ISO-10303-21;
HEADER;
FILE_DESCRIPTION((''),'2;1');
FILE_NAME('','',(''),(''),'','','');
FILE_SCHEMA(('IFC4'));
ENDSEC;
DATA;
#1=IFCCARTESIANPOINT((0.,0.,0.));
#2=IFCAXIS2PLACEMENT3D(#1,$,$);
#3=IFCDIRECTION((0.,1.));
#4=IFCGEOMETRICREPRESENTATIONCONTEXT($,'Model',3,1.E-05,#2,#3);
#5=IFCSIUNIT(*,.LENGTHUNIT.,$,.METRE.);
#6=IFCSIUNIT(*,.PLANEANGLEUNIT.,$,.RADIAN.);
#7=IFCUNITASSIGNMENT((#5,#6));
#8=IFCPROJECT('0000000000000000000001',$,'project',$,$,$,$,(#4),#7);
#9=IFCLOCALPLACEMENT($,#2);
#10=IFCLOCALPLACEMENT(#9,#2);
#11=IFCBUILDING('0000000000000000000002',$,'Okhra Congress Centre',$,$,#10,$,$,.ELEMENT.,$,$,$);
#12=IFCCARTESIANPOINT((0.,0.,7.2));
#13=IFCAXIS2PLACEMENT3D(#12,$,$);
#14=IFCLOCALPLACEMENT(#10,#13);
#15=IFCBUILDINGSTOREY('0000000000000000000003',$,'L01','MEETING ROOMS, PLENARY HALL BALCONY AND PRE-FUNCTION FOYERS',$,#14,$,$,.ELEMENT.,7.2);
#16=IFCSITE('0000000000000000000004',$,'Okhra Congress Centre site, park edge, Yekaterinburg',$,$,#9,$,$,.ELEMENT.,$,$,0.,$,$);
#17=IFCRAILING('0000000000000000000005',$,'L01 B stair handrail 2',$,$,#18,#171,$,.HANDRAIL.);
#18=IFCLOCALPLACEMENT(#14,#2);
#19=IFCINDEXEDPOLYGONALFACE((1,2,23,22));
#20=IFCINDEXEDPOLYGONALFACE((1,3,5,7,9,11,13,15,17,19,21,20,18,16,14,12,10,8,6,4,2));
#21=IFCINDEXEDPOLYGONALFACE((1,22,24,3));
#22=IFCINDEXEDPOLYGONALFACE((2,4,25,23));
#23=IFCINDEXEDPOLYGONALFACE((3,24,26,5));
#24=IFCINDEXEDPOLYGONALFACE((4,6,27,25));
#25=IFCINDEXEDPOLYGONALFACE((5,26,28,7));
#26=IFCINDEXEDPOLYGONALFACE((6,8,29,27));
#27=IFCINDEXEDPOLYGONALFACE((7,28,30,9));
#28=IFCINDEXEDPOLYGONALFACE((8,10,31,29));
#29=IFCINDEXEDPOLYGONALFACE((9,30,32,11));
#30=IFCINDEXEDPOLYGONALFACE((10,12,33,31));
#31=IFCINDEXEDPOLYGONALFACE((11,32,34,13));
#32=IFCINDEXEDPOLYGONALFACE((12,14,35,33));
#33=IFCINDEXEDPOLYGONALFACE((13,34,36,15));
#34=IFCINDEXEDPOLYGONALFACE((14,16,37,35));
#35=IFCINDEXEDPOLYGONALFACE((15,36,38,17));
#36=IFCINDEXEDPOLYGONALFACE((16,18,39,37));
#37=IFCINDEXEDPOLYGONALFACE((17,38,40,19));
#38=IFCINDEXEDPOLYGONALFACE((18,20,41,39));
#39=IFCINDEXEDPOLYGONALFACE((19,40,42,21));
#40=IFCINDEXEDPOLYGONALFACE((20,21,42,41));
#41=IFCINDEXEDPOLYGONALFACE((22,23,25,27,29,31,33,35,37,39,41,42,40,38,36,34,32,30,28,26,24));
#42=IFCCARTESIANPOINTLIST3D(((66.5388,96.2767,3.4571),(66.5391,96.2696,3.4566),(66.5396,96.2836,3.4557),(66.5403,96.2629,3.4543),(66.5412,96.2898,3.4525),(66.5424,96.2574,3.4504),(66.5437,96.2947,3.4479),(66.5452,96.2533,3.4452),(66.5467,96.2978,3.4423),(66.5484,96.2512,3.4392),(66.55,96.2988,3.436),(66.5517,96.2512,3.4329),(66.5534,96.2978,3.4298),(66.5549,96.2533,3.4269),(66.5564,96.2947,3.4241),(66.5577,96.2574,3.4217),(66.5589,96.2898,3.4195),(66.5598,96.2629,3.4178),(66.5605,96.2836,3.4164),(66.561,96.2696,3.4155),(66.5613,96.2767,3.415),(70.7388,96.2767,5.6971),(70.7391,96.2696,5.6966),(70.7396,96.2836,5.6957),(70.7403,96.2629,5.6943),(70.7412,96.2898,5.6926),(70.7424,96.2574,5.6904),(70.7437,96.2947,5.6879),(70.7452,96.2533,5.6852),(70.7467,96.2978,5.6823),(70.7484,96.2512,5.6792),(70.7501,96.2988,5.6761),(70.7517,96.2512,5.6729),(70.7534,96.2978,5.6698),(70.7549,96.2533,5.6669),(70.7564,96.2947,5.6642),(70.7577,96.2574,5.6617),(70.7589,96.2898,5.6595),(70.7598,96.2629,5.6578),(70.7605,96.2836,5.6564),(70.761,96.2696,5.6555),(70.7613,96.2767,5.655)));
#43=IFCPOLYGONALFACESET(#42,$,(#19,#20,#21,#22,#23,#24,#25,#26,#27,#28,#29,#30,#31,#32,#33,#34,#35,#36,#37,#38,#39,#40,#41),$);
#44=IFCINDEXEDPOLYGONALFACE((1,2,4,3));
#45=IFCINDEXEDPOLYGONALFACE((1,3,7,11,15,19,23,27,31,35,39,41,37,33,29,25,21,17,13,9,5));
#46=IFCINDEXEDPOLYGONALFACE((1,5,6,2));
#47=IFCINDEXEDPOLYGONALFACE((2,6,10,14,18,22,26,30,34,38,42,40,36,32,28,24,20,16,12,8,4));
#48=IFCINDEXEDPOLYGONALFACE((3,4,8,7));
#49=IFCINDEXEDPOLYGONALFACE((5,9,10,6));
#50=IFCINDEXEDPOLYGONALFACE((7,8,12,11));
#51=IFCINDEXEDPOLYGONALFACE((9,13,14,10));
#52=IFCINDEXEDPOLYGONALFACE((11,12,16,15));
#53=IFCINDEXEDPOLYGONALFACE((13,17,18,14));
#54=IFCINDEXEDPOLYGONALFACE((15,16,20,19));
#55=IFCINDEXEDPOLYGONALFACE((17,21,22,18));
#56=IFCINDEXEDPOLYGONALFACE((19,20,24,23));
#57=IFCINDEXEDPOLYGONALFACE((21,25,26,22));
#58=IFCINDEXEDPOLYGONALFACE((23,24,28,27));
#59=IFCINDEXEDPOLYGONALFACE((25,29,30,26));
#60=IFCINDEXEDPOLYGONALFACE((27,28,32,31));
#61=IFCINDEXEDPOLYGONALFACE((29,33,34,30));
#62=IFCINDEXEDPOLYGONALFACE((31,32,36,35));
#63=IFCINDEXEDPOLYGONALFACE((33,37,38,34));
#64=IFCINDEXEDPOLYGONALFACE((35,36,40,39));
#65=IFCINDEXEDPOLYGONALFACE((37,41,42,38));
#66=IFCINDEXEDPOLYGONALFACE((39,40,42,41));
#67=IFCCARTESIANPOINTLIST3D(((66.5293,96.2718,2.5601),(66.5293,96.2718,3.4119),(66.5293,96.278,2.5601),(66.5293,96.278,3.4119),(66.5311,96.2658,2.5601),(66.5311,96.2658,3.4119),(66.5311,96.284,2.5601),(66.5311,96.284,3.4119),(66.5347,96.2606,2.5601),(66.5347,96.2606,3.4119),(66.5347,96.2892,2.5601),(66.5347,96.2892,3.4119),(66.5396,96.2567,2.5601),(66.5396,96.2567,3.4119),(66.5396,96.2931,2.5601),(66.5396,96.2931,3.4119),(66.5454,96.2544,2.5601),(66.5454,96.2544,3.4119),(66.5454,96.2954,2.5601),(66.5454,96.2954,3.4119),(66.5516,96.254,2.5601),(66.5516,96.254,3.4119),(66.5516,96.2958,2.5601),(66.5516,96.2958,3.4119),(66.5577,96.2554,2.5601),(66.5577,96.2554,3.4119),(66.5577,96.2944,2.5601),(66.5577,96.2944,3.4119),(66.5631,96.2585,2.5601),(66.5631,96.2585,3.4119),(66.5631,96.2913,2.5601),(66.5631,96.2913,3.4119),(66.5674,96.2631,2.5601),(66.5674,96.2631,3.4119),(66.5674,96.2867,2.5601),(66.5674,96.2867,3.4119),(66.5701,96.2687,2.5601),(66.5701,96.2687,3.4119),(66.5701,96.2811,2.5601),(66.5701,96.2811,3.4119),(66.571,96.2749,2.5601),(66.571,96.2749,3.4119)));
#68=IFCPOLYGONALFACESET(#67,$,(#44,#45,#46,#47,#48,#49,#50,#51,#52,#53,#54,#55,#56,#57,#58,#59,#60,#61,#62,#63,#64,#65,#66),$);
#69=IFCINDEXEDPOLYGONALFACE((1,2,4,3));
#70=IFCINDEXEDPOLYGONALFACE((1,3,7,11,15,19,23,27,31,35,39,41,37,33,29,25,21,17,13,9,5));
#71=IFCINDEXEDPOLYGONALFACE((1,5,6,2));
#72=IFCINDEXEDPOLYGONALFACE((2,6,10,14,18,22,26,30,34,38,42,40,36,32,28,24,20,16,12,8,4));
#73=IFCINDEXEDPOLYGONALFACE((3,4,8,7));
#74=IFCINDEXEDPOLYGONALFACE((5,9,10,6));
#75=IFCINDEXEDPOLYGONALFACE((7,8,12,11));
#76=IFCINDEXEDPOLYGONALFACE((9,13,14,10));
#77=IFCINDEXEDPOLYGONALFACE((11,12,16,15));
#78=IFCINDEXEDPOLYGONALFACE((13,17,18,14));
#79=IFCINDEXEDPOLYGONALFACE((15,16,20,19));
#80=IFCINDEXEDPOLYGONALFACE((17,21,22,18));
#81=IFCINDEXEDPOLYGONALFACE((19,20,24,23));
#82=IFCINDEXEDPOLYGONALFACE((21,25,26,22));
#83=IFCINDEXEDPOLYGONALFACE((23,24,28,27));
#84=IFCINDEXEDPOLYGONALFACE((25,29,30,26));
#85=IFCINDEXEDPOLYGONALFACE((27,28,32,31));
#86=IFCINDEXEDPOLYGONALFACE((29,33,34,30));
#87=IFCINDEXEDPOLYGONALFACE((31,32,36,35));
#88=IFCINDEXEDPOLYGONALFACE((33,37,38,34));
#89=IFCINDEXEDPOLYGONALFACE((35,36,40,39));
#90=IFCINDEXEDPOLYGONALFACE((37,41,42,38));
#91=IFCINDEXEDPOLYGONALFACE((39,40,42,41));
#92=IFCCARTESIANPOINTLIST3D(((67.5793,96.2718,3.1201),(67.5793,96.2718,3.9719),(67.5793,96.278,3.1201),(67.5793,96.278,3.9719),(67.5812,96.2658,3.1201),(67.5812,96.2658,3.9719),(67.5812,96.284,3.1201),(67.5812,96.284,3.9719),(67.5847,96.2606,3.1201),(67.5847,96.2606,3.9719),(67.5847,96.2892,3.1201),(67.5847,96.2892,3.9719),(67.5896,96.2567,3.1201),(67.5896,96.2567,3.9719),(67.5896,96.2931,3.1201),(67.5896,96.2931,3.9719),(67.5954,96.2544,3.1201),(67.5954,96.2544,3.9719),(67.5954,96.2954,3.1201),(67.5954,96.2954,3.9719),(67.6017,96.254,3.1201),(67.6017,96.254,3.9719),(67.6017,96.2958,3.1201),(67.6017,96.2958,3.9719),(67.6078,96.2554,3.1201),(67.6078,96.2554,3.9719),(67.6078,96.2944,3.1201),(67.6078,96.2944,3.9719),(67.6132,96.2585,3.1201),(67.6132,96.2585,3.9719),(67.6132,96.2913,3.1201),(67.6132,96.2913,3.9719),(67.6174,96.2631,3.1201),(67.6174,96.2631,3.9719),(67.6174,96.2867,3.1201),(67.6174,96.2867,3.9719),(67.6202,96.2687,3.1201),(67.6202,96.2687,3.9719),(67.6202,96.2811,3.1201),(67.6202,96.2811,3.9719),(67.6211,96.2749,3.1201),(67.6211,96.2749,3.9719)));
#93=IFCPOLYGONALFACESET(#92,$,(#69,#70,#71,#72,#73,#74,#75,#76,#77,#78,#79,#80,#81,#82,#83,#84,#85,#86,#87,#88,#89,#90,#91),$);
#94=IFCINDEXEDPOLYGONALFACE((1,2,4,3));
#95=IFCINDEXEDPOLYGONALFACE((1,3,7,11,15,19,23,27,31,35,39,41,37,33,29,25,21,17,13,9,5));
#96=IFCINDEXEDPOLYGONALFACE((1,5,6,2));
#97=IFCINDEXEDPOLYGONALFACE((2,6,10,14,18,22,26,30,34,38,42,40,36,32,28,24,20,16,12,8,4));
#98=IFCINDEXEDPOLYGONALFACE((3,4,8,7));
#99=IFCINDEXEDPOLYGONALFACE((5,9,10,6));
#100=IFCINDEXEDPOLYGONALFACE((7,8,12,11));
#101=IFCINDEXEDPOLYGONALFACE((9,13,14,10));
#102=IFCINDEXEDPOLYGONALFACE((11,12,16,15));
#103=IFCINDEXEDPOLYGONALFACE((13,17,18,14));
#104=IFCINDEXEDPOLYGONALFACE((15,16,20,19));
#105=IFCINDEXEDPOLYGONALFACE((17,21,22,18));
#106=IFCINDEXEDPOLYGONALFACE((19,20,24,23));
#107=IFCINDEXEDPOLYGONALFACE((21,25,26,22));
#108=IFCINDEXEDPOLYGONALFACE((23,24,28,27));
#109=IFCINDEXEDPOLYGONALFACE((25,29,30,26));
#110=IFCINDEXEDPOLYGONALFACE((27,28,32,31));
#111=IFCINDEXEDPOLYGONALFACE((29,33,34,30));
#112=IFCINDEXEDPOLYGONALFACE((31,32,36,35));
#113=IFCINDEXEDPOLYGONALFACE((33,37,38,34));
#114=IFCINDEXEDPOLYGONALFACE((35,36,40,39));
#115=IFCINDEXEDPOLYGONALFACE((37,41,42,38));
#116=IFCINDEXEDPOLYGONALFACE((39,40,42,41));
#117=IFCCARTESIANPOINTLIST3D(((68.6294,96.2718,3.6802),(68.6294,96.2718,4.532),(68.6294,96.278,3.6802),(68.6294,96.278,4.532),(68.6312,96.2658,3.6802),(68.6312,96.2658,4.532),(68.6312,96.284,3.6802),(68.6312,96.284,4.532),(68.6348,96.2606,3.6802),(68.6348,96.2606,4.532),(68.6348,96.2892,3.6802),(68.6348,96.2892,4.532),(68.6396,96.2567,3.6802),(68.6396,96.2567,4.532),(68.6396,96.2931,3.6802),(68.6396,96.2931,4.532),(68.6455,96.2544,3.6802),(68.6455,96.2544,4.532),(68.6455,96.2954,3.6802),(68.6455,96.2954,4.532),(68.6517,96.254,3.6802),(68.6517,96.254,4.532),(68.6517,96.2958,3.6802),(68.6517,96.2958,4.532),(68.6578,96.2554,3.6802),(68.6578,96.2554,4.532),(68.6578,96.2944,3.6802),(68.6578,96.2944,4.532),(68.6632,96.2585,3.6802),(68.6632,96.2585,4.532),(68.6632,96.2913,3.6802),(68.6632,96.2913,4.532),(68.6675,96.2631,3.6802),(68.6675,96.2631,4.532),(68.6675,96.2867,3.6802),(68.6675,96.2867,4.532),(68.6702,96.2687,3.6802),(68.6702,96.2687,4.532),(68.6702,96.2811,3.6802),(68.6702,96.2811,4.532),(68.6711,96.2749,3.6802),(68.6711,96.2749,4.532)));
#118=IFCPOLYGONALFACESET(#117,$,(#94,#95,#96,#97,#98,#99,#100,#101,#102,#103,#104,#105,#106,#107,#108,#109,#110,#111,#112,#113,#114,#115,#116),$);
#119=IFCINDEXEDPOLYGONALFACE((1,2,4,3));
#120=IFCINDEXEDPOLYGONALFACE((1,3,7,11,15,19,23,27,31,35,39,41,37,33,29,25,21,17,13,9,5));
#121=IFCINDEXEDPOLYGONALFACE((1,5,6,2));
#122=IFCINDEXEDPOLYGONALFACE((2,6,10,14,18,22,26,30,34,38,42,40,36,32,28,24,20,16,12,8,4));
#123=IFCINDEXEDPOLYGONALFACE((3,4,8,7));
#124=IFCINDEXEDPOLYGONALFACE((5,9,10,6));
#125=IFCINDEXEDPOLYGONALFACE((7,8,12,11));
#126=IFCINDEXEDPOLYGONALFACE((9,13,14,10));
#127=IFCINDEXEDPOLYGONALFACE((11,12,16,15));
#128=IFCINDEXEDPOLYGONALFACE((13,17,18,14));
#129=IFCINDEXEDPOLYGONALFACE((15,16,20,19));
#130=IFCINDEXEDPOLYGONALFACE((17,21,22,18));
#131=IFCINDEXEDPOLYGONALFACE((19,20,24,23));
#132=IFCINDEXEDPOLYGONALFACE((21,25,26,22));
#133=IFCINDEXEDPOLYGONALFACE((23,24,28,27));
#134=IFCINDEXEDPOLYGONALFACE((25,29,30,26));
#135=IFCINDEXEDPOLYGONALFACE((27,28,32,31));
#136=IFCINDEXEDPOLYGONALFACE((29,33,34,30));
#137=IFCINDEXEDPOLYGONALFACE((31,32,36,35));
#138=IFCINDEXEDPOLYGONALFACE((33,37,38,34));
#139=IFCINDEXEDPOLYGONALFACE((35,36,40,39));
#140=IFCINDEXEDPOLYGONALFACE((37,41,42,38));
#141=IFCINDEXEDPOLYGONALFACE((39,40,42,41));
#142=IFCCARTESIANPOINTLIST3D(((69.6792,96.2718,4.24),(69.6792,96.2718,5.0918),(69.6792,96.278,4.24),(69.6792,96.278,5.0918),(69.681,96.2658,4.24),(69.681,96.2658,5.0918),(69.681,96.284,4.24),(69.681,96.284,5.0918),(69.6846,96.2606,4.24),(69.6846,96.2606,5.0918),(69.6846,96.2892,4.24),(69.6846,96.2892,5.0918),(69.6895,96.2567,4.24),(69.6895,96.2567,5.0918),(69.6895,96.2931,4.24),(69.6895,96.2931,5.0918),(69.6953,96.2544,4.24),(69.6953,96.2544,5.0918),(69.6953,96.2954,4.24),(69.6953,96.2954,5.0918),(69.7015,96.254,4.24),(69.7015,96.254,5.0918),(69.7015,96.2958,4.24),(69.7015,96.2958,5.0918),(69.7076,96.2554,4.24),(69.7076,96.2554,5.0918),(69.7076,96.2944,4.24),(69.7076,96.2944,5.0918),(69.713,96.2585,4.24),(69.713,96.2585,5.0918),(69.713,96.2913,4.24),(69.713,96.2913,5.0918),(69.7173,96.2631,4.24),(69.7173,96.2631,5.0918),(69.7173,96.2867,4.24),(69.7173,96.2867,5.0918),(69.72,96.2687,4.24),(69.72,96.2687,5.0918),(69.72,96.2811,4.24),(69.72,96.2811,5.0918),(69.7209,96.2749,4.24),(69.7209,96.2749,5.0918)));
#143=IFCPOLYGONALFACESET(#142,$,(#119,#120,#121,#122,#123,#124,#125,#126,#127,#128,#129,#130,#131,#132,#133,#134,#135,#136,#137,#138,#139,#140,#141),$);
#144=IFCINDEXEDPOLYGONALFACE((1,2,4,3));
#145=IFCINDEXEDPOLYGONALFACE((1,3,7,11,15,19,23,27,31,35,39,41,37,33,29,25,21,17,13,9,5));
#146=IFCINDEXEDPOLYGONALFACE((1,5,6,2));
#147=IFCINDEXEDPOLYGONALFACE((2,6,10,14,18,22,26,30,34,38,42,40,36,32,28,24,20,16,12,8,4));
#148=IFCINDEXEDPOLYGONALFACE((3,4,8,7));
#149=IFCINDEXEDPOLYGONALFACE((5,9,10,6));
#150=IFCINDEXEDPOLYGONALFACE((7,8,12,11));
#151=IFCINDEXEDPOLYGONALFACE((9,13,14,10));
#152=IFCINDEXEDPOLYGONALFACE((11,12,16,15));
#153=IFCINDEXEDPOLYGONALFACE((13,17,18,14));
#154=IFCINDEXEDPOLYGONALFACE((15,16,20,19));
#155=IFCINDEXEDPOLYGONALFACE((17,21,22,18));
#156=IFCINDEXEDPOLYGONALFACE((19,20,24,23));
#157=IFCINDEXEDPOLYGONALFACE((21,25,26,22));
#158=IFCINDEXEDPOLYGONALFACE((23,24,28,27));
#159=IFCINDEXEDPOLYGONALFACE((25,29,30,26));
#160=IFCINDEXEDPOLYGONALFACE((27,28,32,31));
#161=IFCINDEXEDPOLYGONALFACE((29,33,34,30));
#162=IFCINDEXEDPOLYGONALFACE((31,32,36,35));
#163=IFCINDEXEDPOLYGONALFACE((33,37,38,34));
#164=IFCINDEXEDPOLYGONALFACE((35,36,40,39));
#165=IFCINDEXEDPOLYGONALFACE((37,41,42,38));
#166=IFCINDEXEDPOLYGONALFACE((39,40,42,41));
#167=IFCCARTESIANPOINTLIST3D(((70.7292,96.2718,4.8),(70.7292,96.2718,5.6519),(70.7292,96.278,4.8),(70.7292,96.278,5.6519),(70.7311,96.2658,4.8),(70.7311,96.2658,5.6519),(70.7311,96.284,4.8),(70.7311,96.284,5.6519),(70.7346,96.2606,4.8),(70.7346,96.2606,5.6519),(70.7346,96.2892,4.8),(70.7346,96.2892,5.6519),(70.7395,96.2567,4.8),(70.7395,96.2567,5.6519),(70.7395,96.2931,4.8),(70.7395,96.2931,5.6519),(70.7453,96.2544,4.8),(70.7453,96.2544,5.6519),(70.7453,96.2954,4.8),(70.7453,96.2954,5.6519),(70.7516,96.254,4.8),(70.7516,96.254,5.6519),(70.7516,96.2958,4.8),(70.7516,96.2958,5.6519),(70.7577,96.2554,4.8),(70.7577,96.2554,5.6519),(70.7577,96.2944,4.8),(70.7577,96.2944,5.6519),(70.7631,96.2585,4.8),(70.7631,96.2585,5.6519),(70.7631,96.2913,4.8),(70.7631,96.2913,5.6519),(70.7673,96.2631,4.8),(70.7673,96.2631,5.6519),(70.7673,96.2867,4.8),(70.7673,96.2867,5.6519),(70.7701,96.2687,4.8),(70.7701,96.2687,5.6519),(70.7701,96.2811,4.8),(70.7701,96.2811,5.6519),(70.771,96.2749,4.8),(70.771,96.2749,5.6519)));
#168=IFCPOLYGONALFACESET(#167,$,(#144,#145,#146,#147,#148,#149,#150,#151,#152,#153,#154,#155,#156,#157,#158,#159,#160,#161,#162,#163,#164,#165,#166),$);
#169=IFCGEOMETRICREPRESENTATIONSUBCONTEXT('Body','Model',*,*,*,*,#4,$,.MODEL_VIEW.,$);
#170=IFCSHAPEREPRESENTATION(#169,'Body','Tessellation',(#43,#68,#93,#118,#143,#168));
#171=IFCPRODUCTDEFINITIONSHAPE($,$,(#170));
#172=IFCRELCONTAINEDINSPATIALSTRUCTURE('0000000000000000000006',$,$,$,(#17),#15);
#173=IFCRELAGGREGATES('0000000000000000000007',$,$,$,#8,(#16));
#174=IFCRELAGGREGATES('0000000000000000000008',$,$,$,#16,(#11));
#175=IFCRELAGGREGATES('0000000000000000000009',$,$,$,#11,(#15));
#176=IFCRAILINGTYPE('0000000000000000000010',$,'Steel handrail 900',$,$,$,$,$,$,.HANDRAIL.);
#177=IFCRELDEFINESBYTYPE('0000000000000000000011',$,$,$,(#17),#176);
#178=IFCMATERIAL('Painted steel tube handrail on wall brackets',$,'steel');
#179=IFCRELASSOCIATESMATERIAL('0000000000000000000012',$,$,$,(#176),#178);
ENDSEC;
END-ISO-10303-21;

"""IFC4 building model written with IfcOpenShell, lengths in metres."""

from ifc_helpers import new_model, si_unit, direction, frame, origin, origin_2d, place, context, subcontext, project, spatial, circle, extrude, material, type_object, element, save


model = new_model("IFC4")

# Units and contexts
model_context = context("Model", 3, precision=1e-05, world=origin(), true_north=direction((0.0, 1.0)))
body_context = subcontext(model_context, "Body", "Model", "MODEL_VIEW")
ifc_project = project(units=[si_unit("LENGTHUNIT", "METRE"), si_unit("PLANEANGLEUNIT", "RADIAN")], contexts=[model_context])

# Site, building, storey
site_placement = place(None, origin())
site = spatial("IfcSite", under=ifc_project, at=site_placement, Name="Okhra Congress Centre site, park edge, Yekaterinburg", CompositionType="ELEMENT", RefElevation=0.0)
building_placement = place(site_placement, origin())
building = spatial("IfcBuilding", under=site, at=building_placement, Name="Okhra Congress Centre", CompositionType="ELEMENT")
storey_placement = place(building_placement, frame((0.0, 0.0, 7.2)))
storey = spatial("IfcBuildingStorey", under=building, at=storey_placement, Name="L01", Description="MEETING ROOMS, PLENARY HALL BALCONY AND PRE-FUNCTION FOYERS", CompositionType="ELEMENT", Elevation=7.2)

# Railing
ifc_material_1 = material(Name="Painted steel tube handrail on wall brackets", Category="steel")
railing_type_1 = type_object("IfcRailingType", Name="Steel handrail 900", PredefinedType="HANDRAIL", material=ifc_material_1)
railing_1_placement = place(storey_placement, frame((66.55, 96.2749, 2.5601)))
element("IfcRailing", 1, at=railing_1_placement, inside=storey, type_object=railing_type_1, Name="L01 B stair handrail 2", PredefinedType="HANDRAIL", context=body_context, shape_type="SweptSolid", body=[
    extrude(circle(Radius=0.0239, at=origin_2d()), frame((0.0, 0.0, 0.876), z_axis=(0.882352, 0.0, 0.470591), x_axis=(0.0, 1.0, 0.0)), (0.0, 0.0, 1.0), 4.76),
    extrude(circle(Radius=0.021, at=origin_2d()), origin(), (0.0, 0.0, 1.0), 0.8518),
    extrude(circle(Radius=0.021, at=origin_2d()), frame((1.05, 0.0, 0.5601)), (0.0, 0.0, 1.0), 0.8518),
    extrude(circle(Radius=0.021, at=origin_2d()), frame((2.1001, 0.0, 1.1201)), (0.0, 0.0, 1.0), 0.8518),
    extrude(circle(Radius=0.021, at=origin_2d()), frame((3.1499, 0.0, 1.6799)), (0.0, 0.0, 1.0), 0.8518),
    extrude(circle(Radius=0.021, at=origin_2d()), frame((4.2, 0.0, 2.24)), (0.0, 0.0, 1.0), 0.8518),
])

save(model, "model.ifc")
